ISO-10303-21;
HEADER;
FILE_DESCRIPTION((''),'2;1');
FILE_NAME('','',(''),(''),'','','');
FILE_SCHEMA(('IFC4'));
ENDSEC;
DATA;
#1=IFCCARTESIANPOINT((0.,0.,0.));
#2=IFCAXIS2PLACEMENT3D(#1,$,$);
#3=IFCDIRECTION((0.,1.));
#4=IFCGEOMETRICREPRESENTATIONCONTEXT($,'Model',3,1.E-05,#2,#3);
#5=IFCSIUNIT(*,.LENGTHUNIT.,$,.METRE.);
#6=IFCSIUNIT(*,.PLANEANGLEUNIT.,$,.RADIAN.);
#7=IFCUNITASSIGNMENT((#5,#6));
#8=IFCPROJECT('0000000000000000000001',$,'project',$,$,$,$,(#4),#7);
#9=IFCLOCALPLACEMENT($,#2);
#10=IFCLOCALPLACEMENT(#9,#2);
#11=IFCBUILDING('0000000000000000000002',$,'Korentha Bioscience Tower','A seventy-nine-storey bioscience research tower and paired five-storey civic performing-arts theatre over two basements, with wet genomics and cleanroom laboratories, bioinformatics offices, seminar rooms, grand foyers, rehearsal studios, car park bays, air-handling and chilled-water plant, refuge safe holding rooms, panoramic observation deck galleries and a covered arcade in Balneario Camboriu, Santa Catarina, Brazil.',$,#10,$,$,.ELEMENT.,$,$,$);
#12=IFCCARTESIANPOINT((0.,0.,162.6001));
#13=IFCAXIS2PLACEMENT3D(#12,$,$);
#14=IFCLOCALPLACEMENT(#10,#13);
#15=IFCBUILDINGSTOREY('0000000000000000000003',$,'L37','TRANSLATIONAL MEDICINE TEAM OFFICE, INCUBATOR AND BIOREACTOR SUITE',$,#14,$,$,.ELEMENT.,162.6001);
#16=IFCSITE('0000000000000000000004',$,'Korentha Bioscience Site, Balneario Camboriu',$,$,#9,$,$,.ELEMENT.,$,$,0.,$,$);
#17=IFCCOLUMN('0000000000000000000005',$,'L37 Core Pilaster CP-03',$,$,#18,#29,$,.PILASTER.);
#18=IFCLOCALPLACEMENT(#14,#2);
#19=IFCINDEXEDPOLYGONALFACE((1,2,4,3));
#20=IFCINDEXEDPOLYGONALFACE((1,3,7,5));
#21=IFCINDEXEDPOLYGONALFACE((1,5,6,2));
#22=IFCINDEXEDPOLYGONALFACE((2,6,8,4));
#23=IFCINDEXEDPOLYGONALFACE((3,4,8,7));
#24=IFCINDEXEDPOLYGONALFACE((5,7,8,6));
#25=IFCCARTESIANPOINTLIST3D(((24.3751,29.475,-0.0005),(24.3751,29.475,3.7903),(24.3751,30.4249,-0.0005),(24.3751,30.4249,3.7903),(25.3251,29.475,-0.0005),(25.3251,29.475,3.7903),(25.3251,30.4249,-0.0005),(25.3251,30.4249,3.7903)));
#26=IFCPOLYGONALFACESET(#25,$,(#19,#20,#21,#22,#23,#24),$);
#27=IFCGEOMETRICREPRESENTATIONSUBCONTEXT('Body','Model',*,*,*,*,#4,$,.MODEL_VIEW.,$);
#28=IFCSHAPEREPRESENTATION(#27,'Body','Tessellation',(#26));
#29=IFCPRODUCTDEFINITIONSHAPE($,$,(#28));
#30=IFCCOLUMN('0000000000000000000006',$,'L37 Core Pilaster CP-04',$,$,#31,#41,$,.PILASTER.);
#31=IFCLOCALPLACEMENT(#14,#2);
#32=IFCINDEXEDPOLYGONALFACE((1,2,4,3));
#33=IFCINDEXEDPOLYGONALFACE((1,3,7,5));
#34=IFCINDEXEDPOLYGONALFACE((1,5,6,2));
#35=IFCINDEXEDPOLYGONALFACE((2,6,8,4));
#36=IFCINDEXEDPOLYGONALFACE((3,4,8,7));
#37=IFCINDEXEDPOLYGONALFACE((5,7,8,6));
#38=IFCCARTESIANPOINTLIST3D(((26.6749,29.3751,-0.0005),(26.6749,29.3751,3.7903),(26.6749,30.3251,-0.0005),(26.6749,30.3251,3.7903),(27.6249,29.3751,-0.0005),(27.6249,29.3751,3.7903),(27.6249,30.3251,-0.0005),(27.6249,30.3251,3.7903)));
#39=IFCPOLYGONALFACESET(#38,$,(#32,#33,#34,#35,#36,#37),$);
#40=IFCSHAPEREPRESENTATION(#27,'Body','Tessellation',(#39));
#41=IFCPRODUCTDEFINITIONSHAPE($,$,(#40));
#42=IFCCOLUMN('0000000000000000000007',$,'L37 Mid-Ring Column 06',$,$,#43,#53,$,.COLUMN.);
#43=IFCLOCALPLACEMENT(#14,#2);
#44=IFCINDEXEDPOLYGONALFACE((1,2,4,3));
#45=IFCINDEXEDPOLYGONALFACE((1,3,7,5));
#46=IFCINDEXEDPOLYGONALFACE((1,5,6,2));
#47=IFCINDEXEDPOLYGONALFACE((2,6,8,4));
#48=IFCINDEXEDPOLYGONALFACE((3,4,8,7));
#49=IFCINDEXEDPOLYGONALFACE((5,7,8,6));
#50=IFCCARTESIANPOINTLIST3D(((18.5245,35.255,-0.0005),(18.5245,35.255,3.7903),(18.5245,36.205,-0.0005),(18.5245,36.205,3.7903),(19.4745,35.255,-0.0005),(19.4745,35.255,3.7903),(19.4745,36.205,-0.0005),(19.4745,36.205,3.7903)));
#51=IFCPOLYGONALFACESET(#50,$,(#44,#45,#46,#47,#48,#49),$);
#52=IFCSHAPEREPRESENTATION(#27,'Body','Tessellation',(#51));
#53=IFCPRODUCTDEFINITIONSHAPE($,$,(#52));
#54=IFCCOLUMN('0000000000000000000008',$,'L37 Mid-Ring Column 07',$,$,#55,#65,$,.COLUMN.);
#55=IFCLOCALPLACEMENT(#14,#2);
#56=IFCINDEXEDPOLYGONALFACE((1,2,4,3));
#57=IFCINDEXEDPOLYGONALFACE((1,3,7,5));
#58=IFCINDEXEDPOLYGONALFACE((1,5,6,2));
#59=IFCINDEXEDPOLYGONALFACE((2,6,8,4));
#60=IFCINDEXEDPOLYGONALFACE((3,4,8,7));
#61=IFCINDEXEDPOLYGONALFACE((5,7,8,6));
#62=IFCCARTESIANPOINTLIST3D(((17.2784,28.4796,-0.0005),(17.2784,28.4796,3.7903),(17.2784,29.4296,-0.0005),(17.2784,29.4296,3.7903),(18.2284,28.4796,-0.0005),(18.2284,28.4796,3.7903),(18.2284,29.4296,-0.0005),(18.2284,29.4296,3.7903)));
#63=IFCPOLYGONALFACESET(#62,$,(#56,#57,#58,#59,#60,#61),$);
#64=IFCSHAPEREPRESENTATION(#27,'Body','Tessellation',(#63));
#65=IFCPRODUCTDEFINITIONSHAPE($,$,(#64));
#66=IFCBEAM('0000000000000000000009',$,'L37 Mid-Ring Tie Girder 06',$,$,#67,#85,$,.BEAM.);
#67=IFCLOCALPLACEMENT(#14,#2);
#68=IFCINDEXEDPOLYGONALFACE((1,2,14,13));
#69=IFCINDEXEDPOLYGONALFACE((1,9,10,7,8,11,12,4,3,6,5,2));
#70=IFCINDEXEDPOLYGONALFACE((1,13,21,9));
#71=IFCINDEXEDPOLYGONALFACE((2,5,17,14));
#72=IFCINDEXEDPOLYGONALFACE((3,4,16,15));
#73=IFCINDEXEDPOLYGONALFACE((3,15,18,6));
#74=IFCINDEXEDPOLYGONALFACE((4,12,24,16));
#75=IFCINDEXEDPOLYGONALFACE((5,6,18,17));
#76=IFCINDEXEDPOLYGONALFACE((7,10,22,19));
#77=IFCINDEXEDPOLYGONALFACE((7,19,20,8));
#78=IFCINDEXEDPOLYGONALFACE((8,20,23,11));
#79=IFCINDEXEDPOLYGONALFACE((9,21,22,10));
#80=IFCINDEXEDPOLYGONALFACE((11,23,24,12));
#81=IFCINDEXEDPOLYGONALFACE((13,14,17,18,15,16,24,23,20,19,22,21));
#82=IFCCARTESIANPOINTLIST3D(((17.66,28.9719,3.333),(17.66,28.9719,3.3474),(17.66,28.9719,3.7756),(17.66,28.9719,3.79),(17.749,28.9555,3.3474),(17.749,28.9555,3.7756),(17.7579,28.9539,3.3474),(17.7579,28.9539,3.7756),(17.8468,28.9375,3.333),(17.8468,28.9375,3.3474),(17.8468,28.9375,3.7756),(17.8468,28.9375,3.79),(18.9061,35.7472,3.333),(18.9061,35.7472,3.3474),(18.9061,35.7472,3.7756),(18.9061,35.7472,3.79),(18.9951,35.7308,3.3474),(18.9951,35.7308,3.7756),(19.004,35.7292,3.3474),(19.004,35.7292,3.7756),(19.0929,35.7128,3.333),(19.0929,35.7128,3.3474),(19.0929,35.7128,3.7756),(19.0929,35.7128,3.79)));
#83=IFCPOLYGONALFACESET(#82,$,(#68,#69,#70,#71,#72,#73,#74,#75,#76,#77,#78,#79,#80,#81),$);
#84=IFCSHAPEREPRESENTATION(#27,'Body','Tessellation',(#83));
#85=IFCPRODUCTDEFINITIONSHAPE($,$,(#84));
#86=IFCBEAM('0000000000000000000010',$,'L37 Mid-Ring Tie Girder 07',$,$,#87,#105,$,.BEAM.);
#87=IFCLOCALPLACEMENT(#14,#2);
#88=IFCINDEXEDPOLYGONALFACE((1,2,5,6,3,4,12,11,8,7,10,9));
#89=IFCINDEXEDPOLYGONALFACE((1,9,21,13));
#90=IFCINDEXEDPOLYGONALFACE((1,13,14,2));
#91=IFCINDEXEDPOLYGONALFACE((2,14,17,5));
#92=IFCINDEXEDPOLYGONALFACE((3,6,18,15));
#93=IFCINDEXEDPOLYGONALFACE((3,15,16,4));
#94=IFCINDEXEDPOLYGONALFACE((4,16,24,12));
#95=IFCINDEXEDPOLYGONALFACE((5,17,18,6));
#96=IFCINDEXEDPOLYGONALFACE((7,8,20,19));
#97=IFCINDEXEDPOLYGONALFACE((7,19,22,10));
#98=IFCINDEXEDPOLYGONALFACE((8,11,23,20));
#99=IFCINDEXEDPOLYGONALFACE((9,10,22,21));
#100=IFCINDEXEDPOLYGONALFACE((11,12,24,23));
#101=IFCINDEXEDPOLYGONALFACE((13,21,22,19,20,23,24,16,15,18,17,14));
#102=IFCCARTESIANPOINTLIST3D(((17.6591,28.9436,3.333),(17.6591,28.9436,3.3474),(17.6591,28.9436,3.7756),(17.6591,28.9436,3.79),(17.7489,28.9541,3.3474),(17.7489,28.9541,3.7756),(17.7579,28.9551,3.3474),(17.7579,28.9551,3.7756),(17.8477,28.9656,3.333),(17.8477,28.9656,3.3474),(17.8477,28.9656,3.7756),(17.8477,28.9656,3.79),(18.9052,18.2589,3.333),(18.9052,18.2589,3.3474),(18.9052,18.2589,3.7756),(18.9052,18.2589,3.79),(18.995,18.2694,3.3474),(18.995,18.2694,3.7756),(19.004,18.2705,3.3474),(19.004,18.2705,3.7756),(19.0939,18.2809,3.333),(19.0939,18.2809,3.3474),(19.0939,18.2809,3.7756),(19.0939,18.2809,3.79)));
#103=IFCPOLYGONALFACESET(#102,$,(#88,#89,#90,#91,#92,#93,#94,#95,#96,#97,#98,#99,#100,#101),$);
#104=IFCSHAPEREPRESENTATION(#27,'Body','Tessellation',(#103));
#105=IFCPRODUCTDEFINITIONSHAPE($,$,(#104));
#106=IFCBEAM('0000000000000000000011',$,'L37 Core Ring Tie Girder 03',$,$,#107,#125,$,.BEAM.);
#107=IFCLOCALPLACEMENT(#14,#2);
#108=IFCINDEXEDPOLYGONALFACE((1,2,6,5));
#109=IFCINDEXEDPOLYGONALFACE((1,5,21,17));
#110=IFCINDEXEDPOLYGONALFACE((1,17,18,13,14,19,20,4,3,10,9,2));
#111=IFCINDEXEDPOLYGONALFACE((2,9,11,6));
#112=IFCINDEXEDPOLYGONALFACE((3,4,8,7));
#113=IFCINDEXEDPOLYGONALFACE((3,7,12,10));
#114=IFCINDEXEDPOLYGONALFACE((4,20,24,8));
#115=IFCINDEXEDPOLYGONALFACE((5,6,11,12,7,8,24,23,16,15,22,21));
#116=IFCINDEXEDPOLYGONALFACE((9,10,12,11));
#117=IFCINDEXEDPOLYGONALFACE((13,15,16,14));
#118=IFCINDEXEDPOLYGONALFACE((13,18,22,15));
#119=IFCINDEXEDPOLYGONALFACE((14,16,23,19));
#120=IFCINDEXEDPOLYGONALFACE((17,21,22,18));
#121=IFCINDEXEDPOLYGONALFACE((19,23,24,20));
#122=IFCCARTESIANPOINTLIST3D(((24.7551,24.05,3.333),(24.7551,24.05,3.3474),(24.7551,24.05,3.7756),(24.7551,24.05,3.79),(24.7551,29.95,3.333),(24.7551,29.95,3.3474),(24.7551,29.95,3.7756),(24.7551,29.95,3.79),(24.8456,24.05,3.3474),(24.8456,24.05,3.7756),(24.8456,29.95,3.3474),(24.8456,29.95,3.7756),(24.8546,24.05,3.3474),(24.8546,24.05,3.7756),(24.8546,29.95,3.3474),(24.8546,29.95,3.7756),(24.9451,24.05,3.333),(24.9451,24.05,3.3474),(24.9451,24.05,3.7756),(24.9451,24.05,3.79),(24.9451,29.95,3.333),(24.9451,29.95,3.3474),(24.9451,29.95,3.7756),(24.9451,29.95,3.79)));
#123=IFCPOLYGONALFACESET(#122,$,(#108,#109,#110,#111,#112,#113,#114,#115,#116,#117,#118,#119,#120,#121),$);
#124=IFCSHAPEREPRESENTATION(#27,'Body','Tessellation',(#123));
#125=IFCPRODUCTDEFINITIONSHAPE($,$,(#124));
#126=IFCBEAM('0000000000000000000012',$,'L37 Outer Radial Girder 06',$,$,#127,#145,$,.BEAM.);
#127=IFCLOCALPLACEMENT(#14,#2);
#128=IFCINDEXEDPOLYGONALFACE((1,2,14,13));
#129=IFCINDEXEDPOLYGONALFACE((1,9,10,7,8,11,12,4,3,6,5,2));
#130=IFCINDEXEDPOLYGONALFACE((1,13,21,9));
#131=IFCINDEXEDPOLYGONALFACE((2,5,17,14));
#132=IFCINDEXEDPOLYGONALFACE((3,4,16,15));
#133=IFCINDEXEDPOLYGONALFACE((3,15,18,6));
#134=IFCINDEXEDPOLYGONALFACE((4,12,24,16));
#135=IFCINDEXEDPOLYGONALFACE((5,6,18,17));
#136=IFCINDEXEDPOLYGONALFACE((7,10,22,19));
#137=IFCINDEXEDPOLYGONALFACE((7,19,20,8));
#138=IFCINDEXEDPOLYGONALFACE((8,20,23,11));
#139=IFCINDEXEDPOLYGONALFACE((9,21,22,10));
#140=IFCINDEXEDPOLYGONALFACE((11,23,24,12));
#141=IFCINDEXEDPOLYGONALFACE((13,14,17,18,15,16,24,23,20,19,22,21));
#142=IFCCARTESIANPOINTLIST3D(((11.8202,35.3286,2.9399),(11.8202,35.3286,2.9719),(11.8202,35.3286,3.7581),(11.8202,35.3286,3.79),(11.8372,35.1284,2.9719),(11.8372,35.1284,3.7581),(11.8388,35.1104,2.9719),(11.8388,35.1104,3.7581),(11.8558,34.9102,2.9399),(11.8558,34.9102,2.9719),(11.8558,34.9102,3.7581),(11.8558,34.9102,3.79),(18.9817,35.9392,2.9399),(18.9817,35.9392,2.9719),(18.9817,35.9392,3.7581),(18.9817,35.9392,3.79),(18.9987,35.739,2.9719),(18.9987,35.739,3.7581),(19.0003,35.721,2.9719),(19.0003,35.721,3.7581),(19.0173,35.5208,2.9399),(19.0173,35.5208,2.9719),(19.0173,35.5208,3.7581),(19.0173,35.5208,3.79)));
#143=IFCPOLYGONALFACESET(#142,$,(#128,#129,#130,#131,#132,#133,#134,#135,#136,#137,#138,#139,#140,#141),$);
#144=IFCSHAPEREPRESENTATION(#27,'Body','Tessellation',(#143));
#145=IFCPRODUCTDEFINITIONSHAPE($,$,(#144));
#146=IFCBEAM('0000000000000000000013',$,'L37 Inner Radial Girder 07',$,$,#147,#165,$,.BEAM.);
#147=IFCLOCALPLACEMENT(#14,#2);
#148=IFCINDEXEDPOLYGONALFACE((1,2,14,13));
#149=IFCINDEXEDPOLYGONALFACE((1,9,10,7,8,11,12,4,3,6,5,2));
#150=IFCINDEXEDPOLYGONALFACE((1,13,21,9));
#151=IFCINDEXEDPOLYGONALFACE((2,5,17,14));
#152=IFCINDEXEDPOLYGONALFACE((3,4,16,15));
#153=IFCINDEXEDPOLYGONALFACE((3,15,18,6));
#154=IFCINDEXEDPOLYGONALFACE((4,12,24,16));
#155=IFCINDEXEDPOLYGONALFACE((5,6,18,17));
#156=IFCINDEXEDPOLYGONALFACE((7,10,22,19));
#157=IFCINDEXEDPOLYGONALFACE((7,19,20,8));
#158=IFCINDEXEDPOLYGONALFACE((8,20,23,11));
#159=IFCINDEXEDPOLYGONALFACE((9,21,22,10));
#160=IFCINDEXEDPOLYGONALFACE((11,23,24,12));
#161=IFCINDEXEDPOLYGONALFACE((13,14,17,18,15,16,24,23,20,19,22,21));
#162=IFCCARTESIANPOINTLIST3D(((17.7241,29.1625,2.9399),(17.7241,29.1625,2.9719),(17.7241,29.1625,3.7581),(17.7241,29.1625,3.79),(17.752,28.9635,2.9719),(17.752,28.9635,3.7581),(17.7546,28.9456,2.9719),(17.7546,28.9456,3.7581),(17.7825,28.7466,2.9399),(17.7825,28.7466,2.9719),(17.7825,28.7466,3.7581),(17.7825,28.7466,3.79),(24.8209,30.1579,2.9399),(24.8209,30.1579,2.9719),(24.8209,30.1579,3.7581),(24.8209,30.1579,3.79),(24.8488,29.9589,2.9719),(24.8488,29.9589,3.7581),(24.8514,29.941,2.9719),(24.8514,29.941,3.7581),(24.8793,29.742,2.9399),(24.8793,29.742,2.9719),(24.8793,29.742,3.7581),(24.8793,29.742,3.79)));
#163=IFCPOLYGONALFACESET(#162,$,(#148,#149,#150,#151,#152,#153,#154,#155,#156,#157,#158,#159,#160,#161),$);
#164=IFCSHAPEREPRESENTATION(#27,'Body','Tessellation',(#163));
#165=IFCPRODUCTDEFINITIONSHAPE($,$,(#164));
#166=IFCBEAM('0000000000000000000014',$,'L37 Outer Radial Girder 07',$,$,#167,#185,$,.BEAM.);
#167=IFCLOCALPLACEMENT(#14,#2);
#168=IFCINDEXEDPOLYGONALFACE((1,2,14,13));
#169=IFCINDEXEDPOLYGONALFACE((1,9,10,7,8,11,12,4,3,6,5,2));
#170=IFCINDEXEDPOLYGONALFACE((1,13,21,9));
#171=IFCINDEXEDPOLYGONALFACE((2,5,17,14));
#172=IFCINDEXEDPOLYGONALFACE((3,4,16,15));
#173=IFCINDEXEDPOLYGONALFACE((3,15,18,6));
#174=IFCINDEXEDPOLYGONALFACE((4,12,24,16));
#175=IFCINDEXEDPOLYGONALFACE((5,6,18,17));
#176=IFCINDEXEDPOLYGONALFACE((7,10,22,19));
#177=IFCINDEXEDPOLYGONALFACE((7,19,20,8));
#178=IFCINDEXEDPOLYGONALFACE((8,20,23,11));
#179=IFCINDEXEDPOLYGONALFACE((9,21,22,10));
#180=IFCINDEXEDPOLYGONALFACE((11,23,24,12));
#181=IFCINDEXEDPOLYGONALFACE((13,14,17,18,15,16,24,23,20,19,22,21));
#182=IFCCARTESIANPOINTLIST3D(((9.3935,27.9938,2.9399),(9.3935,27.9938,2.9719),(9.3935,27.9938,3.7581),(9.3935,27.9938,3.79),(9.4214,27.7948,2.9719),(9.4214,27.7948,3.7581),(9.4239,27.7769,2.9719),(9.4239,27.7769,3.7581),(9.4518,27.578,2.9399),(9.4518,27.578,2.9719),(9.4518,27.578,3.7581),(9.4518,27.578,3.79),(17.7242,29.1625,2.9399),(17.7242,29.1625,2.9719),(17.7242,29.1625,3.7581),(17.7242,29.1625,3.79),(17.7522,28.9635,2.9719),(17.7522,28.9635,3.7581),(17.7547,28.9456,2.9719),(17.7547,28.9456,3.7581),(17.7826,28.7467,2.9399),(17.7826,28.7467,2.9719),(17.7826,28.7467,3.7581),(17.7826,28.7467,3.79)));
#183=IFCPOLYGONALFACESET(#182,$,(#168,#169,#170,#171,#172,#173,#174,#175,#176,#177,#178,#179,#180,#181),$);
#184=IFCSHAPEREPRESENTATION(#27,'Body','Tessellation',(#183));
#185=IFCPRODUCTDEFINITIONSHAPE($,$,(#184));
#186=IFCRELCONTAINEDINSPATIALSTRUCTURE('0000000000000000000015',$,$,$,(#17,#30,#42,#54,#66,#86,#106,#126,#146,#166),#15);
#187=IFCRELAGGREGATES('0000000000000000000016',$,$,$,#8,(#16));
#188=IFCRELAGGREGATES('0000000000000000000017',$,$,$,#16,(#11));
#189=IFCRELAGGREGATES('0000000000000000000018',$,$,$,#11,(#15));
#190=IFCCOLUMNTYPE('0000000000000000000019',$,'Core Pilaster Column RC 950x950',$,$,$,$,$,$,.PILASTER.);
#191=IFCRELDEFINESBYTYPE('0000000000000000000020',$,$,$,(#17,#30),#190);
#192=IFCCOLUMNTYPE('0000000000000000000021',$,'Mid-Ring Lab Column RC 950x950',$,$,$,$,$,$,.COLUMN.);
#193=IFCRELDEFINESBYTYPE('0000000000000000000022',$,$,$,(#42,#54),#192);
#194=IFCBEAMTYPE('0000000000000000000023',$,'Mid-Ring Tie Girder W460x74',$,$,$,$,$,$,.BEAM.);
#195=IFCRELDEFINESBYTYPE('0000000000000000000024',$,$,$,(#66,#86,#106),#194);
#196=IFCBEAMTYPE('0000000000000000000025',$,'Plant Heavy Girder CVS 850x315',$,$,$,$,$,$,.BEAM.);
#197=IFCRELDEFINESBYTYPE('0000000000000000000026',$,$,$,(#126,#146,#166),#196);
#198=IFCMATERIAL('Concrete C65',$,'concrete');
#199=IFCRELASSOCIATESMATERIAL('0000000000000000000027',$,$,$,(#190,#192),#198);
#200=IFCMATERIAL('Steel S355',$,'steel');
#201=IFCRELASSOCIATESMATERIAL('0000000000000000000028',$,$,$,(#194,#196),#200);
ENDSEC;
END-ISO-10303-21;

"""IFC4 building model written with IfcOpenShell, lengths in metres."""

from ifc_helpers import new_model, si_unit, direction, frame, origin, origin_2d, place, context, subcontext, project, spatial, rectangle, i_section, extrude, material, material_profile, profile_set, type_object, element, save


model = new_model("IFC4")

# Units and contexts
model_context = context("Model", 3, precision=1e-05, world=origin(), true_north=direction((0.0, 1.0)))
body_context = subcontext(model_context, "Body", "Model", "MODEL_VIEW")
ifc_project = project(units=[si_unit("LENGTHUNIT", "METRE"), si_unit("PLANEANGLEUNIT", "RADIAN")], contexts=[model_context])

# Site, building, storey
site_placement = place(None, origin())
site = spatial("IfcSite", under=ifc_project, at=site_placement, Name="Korentha Bioscience Site, Balneario Camboriu", CompositionType="ELEMENT", RefElevation=0.0)
building_placement = place(site_placement, origin())
building = spatial("IfcBuilding", under=site, at=building_placement, Name="Korentha Bioscience Tower", Description="A seventy-nine-storey bioscience research tower and paired five-storey civic performing-arts theatre over two basements, with wet genomics and cleanroom laboratories, bioinformatics offices, seminar rooms, grand foyers, rehearsal studios, car park bays, air-handling and chilled-water plant, refuge safe holding rooms, panoramic observation deck galleries and a covered arcade in Balneario Camboriu, Santa Catarina, Brazil.", CompositionType="ELEMENT")
storey_placement = place(building_placement, frame((0.0, 0.0, 162.6001)))
storey = spatial("IfcBuildingStorey", under=building, at=storey_placement, Name="L37", Description="TRANSLATIONAL MEDICINE TEAM OFFICE, INCUBATOR AND BIOREACTOR SUITE", CompositionType="ELEMENT", Elevation=162.6001)

# Columns
ifc_material_1 = material(Name="Concrete C65", Category="concrete")
ifc_material_profile_1 = material_profile(ifc_material_1, rectangle(XDim=0.95, YDim=0.95, at=origin_2d()), Name="Concrete C65")
ifc_profile_set_1 = profile_set([ifc_material_profile_1], Name="Concrete C65 (COL-CP09)")
column_type_1 = type_object("IfcColumnType", Name="Core Pilaster Column RC 950x950", PredefinedType="PILASTER", material=ifc_profile_set_1)
for number, where, z_axis, x_axis, name in (
    (1, (24.8501, 29.95, -0.0005), (0.0, 0.0, 1.0), (1.0, 0.0, 0.0), "L37 Core Pilaster CP-03"),
    (2, (27.1499, 29.8501, -0.0005), (0.0, 0.0, 1.0), (1.0, 0.0, 0.0), "L37 Core Pilaster CP-04"),
):
    element("IfcColumn", number, at=place(storey_placement, frame(where, z_axis=z_axis, x_axis=x_axis)), inside=storey, type_object=column_type_1, Name=name, PredefinedType="PILASTER", context=body_context, shape_type="SweptSolid", body=[
        extrude(rectangle(XDim=0.95, YDim=0.95, at=origin_2d()), origin(), (0.0, 0.0, 1.0), 3.7908),
    ])
ifc_material_profile_2 = material_profile(ifc_material_1, rectangle(XDim=0.95, YDim=0.95, at=origin_2d()), Name="Concrete C65")
ifc_profile_set_2 = profile_set([ifc_material_profile_2], Name="Concrete C65 (COL-MR09)")
column_type_2 = type_object("IfcColumnType", Name="Mid-Ring Lab Column RC 950x950", PredefinedType="COLUMN", material=ifc_profile_set_2)
for number, where, z_axis, x_axis, name in (
    (3, (18.9995, 35.73, -0.0005), (0.0, 0.0, 1.0), (1.0, 0.0, 0.0), "L37 Mid-Ring Column 06"),
    (4, (17.7534, 28.9546, -0.0005), (0.0, 0.0, 1.0), (1.0, 0.0, 0.0), "L37 Mid-Ring Column 07"),
):
    element("IfcColumn", number, at=place(storey_placement, frame(where, z_axis=z_axis, x_axis=x_axis)), inside=storey, type_object=column_type_2, Name=name, PredefinedType="COLUMN", context=body_context, shape_type="SweptSolid", body=[
        extrude(rectangle(XDim=0.95, YDim=0.95, at=origin_2d()), origin(), (0.0, 0.0, 1.0), 3.7908),
    ])

# Beams
ifc_material_2 = material(Name="Steel S355", Category="steel")
ifc_material_profile_3 = material_profile(ifc_material_2, i_section(OverallWidth=0.1899, OverallDepth=0.457, WebThickness=0.009, FlangeThickness=0.0144, at=origin_2d()), Name="Steel S355")
ifc_profile_set_3 = profile_set([ifc_material_profile_3], Name="Steel S355 (MB-460)")
beam_type_1 = type_object("IfcBeamType", Name="Mid-Ring Tie Girder W460x74", PredefinedType="BEAM", material=ifc_profile_set_3)
beam_1_placement = place(storey_placement, frame((18.9995, 35.73, 3.5615), z_axis=(-0.180881, -0.983505, 0.0), x_axis=(0.983505, -0.180881, 0.0)))
element("IfcBeam", 5, at=beam_1_placement, inside=storey, type_object=beam_type_1, Name="L37 Mid-Ring Tie Girder 06", PredefinedType="BEAM", context=body_context, shape_type="SweptSolid", body=[
    extrude(i_section(OverallWidth=0.1899, OverallDepth=0.457, WebThickness=0.009, FlangeThickness=0.0144, at=origin_2d()), origin(), (0.0, 0.0, 1.0), 6.8889),
])
beam_2_placement = place(storey_placement, frame((17.7534, 28.9546, 3.5615), z_axis=(0.11584, -0.993268, 0.0), x_axis=(0.993268, 0.11584, 0.0)))
element("IfcBeam", 6, at=beam_2_placement, inside=storey, type_object=beam_type_1, Name="L37 Mid-Ring Tie Girder 07", PredefinedType="BEAM", context=body_context, shape_type="SweptSolid", body=[
    extrude(i_section(OverallWidth=0.1899, OverallDepth=0.457, WebThickness=0.009, FlangeThickness=0.0144, at=origin_2d()), origin(), (0.0, 0.0, 1.0), 10.7571),
])
beam_3_placement = place(storey_placement, frame((24.8501, 29.95, 3.5615), z_axis=(0.0, -1.0, 0.0), x_axis=(1.0, 0.0, 0.0)))
element("IfcBeam", 7, at=beam_3_placement, inside=storey, type_object=beam_type_1, Name="L37 Core Ring Tie Girder 03", PredefinedType="BEAM", context=body_context, shape_type="SweptSolid", body=[
    extrude(i_section(OverallWidth=0.1899, OverallDepth=0.457, WebThickness=0.009, FlangeThickness=0.0144, at=origin_2d()), origin(), (0.0, 0.0, 1.0), 5.8999),
])
ifc_material_profile_4 = material_profile(ifc_material_2, i_section(OverallWidth=0.4199, OverallDepth=0.8501, WebThickness=0.0181, FlangeThickness=0.032, at=origin_2d()), Name="Steel S355")
ifc_profile_set_4 = profile_set([ifc_material_profile_4], Name="Steel S355 (MB-850)")
beam_type_2 = type_object("IfcBeamType", Name="Plant Heavy Girder CVS 850x315", PredefinedType="BEAM", material=ifc_profile_set_4)
beam_4_placement = place(storey_placement, frame((18.9995, 35.73, 3.365), z_axis=(-0.996385, -0.084951, 0.0), x_axis=(0.084951, -0.996385, 0.0)))
element("IfcBeam", 8, at=beam_4_placement, inside=storey, type_object=beam_type_2, Name="L37 Outer Radial Girder 06", PredefinedType="BEAM", context=body_context, shape_type="SweptSolid", body=[
    extrude(i_section(OverallWidth=0.4199, OverallDepth=0.8501, WebThickness=0.0181, FlangeThickness=0.032, at=origin_2d()), origin(), (0.0, 0.0, 1.0), 7.1875),
])
beam_5_placement = place(storey_placement, frame((24.8501, 29.95, 3.365), z_axis=(-0.990307, -0.138898, 0.0), x_axis=(0.138898, -0.990307, 0.0)))
element("IfcBeam", 9, at=beam_5_placement, inside=storey, type_object=beam_type_2, Name="L37 Inner Radial Girder 07", PredefinedType="BEAM", context=body_context, shape_type="SweptSolid", body=[
    extrude(i_section(OverallWidth=0.4199, OverallDepth=0.8501, WebThickness=0.0181, FlangeThickness=0.032, at=origin_2d()), origin(), (0.0, 0.0, 1.0), 7.1663),
])
beam_6_placement = place(storey_placement, frame((17.7534, 28.9546, 3.365), z_axis=(-0.990303, -0.138926, 0.0), x_axis=(0.138926, -0.990303, 0.0)))
element("IfcBeam", 10, at=beam_6_placement, inside=storey, type_object=beam_type_2, Name="L37 Outer Radial Girder 07", PredefinedType="BEAM", context=body_context, shape_type="SweptSolid", body=[
    extrude(i_section(OverallWidth=0.4199, OverallDepth=0.8501, WebThickness=0.0181, FlangeThickness=0.032, at=origin_2d()), origin(), (0.0, 0.0, 1.0), 8.4124),
])

save(model, "model.ifc")
